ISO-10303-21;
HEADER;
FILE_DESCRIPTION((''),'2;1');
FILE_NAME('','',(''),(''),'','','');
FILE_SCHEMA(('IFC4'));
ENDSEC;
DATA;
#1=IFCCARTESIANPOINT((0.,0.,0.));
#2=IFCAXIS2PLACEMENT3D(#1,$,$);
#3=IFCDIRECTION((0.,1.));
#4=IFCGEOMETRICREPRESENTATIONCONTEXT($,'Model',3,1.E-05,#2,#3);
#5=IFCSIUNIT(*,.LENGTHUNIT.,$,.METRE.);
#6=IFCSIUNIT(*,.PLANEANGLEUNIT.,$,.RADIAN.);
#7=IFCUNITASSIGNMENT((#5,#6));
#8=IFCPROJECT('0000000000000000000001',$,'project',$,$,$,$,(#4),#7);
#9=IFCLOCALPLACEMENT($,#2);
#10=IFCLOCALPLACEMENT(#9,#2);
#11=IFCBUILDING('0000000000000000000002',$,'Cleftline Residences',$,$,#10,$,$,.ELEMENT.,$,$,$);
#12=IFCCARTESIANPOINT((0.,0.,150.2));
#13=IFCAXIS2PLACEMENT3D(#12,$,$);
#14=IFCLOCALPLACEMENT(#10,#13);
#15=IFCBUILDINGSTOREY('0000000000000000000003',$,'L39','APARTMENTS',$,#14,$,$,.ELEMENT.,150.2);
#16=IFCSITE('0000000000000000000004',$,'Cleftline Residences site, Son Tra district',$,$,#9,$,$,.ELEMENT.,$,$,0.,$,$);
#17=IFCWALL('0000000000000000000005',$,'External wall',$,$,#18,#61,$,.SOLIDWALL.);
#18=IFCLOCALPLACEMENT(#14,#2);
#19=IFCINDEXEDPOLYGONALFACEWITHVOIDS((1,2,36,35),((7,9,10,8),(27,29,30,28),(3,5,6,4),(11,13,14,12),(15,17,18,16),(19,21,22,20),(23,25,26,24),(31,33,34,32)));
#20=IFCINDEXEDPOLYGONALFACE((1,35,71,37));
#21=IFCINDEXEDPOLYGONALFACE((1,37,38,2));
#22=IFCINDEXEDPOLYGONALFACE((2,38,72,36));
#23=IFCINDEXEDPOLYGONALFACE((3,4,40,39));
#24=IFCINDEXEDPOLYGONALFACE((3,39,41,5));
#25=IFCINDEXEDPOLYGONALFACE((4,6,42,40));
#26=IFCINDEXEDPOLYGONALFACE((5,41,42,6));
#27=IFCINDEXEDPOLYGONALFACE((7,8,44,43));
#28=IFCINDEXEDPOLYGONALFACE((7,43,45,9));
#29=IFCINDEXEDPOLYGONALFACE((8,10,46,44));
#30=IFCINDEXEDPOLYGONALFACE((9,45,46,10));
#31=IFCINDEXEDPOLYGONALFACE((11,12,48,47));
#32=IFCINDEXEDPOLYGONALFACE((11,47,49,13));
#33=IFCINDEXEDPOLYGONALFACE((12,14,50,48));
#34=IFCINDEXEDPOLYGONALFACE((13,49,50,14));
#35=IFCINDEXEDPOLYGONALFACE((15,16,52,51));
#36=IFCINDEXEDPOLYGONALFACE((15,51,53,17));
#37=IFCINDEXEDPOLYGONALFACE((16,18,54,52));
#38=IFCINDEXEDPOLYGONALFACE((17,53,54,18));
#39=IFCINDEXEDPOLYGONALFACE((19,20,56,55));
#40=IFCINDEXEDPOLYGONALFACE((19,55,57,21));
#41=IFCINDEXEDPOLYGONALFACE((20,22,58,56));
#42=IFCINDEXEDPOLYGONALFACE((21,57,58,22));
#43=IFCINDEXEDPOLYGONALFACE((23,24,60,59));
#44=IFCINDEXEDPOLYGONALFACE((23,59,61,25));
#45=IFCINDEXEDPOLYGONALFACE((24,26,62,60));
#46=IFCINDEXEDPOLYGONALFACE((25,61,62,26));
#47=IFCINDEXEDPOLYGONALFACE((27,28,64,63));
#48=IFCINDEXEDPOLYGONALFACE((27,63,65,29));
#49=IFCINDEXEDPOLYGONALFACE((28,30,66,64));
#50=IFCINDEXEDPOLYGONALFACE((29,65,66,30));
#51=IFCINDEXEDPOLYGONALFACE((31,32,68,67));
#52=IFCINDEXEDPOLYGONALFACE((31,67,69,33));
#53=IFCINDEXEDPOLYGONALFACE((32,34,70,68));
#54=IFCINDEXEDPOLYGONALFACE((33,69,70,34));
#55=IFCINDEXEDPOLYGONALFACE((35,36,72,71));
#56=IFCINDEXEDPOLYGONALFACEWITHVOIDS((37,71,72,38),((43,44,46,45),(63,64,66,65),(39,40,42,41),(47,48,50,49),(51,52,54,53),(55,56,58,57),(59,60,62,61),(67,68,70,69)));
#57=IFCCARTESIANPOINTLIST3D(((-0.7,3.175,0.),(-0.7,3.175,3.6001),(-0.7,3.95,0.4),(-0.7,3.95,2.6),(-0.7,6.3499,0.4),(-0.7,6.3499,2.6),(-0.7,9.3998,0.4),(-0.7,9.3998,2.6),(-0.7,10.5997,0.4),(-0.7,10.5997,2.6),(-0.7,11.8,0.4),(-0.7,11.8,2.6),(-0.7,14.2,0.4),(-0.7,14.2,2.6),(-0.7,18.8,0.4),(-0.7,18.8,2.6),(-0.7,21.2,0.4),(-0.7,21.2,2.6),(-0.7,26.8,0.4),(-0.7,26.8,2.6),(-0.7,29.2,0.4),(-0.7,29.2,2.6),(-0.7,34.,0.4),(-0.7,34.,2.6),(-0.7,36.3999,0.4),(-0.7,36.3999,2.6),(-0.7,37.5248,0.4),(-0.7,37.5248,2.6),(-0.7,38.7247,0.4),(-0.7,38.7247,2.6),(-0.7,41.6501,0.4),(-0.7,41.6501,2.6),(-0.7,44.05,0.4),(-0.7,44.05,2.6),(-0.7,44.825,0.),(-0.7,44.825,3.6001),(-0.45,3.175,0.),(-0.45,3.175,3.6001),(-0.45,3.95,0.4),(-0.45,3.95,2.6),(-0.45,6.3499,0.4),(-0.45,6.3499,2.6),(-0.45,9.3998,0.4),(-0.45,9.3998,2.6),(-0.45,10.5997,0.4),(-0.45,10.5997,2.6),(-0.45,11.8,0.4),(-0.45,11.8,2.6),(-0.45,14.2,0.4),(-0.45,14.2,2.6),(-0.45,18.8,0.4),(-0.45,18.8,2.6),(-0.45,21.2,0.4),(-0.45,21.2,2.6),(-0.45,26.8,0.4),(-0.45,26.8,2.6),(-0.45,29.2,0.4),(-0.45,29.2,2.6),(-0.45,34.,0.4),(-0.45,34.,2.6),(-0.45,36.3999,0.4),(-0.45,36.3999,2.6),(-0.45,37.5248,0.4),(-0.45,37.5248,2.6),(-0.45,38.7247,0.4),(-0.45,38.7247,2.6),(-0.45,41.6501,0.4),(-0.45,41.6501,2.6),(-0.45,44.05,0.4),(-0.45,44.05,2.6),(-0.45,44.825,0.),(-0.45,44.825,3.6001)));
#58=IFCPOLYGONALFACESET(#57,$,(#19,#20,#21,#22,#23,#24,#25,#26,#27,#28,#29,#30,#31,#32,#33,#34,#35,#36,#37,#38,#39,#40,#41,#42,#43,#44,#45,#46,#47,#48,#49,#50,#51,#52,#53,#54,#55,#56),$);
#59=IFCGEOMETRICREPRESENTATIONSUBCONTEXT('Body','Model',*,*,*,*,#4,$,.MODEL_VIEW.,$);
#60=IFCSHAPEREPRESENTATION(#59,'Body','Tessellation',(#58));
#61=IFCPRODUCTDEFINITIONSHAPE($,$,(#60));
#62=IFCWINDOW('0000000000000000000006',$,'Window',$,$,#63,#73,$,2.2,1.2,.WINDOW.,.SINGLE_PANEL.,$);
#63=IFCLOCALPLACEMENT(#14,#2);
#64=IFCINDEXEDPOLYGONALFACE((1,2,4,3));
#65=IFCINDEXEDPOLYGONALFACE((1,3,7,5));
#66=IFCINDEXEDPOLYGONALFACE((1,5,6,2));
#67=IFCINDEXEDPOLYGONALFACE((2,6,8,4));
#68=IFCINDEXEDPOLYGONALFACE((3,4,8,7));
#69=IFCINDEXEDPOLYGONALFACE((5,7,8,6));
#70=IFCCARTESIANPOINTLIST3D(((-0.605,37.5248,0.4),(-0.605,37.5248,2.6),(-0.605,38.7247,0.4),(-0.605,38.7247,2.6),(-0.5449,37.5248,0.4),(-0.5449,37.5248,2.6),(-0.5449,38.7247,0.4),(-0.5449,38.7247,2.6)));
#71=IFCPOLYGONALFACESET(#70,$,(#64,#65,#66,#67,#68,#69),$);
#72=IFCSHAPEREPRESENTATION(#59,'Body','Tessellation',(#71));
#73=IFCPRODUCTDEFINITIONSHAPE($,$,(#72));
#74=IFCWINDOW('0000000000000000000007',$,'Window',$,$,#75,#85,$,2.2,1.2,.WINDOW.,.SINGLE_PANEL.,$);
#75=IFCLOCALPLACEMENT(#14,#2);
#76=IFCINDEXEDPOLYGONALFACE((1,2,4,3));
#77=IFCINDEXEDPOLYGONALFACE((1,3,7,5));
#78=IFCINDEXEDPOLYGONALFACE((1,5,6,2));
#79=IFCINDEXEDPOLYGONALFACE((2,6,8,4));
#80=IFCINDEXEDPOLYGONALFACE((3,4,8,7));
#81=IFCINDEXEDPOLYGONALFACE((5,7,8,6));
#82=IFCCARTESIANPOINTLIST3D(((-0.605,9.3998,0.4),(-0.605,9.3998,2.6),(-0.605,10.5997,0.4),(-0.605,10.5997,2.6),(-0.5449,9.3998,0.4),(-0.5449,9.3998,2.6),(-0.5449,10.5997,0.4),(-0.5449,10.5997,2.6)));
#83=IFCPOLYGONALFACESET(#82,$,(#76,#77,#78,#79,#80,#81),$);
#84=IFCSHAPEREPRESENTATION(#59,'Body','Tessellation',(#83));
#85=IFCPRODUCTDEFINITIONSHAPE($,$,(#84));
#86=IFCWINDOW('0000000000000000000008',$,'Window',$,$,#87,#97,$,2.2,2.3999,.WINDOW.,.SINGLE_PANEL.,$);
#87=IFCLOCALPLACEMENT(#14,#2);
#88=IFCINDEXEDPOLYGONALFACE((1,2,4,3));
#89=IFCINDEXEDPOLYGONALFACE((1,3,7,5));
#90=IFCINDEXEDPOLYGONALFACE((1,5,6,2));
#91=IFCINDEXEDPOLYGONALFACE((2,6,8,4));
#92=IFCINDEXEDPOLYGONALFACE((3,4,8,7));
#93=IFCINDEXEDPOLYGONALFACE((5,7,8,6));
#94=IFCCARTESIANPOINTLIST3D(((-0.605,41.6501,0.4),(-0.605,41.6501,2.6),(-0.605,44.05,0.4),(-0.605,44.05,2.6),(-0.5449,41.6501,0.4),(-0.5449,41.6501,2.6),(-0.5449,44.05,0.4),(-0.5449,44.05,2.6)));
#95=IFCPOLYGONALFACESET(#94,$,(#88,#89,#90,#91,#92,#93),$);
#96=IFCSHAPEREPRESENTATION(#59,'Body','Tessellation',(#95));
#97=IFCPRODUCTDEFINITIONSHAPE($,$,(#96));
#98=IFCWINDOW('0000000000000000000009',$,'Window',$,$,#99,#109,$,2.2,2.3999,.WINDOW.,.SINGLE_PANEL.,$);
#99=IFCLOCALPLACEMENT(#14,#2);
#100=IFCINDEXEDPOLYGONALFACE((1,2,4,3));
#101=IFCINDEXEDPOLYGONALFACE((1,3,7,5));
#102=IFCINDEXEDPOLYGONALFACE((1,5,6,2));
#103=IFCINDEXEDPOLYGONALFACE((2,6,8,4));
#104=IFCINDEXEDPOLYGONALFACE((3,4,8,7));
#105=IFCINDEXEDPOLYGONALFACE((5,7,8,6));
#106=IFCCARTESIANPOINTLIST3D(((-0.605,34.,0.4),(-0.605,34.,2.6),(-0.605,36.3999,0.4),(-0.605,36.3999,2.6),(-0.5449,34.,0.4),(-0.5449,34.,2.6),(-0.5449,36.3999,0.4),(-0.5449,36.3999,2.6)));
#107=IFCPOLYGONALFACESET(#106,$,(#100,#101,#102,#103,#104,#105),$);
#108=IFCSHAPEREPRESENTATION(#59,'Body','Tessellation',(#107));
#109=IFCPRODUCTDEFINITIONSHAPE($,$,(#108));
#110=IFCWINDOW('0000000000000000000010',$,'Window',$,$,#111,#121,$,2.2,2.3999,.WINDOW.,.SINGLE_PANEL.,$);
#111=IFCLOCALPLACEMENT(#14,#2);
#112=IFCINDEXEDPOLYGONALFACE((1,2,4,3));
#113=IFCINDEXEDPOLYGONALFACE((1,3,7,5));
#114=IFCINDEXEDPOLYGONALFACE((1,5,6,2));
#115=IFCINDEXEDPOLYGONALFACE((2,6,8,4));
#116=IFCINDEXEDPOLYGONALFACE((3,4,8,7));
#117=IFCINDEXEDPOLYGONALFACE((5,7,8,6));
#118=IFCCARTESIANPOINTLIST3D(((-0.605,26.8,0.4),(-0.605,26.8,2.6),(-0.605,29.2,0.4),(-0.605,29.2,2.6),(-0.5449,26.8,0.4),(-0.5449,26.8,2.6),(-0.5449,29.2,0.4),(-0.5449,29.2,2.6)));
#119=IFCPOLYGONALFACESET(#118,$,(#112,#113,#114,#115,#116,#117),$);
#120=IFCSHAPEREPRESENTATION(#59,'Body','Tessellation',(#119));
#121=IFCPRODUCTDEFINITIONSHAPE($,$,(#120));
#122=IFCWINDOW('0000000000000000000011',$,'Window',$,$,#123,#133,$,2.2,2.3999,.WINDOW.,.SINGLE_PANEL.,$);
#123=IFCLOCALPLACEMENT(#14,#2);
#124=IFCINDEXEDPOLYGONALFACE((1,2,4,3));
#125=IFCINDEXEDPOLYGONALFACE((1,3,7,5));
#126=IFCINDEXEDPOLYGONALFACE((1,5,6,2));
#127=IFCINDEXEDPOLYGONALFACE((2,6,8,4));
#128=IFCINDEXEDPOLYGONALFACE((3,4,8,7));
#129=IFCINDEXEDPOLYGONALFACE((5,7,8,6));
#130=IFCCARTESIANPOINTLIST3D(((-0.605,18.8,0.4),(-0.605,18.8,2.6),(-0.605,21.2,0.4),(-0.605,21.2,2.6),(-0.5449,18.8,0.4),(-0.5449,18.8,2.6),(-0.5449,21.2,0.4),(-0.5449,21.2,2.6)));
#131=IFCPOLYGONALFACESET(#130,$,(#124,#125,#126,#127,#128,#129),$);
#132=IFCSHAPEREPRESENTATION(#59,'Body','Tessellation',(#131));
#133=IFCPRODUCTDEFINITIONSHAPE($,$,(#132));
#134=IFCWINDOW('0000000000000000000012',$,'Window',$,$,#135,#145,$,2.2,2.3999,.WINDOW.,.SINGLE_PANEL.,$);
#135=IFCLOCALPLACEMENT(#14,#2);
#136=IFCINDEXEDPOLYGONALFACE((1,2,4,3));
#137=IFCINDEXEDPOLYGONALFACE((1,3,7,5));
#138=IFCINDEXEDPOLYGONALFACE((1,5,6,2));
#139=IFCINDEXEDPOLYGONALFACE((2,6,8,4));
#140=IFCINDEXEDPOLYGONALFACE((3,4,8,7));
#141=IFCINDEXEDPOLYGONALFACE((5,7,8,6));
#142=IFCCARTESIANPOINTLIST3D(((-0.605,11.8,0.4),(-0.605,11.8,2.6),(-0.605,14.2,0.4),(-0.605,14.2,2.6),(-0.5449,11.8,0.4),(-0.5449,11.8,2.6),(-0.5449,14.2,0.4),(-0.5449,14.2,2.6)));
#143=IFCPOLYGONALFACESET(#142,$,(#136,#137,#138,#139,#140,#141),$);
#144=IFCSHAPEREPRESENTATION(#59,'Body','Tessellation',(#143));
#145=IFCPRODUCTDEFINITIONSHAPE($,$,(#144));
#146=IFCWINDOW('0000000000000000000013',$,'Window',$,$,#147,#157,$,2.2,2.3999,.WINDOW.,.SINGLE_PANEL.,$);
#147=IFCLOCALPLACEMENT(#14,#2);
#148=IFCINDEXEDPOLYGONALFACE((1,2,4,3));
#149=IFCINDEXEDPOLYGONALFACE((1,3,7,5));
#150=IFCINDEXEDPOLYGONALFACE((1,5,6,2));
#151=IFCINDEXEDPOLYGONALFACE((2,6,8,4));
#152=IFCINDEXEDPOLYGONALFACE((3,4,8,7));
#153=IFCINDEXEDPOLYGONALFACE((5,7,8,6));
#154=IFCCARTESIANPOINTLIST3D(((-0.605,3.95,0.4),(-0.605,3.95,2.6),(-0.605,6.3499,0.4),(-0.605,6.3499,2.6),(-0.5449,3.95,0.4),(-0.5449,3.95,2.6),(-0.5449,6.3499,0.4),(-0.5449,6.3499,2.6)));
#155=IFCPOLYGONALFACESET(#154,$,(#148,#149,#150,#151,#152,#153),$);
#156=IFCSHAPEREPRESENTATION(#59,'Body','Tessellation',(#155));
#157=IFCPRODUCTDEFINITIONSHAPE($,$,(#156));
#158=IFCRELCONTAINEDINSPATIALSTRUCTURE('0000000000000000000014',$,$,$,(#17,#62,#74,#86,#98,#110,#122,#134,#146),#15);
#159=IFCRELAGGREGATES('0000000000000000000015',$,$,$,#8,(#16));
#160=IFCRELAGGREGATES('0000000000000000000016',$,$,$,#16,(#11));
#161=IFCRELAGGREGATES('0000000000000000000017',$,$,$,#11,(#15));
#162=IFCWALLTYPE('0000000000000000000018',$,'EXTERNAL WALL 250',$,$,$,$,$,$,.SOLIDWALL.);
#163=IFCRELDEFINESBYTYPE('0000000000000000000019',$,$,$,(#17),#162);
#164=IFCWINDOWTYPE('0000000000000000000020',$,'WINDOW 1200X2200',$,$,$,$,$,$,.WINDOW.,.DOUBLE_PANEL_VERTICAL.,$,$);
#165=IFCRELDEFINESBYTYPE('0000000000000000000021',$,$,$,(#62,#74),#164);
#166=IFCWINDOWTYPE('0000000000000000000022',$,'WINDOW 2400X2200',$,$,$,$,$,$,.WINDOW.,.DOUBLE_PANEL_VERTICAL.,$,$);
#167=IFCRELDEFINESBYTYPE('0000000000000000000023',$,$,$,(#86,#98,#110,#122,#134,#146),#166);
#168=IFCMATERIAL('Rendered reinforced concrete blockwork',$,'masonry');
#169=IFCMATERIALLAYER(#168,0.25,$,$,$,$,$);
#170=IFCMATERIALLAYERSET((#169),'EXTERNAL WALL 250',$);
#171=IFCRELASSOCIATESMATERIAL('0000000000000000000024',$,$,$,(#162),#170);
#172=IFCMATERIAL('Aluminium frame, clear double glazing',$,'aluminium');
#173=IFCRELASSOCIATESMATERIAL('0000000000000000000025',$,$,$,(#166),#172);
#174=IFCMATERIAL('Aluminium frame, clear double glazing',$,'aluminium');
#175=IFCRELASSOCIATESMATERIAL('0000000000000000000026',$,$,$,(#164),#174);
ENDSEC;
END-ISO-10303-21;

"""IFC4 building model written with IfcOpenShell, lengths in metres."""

from ifc_helpers import new_model, si_unit, direction, frame, frame_2d, origin, place, context, subcontext, project, spatial, rectangle, extrude, material, layer, layer_set, type_object, element, fill, save


model = new_model("IFC4")

# Units and contexts
model_context = context("Model", 3, precision=1e-05, world=origin(), true_north=direction((0.0, 1.0)))
body_context = subcontext(model_context, "Body", "Model", "MODEL_VIEW")
ifc_project = project(units=[si_unit("LENGTHUNIT", "METRE"), si_unit("PLANEANGLEUNIT", "RADIAN")], contexts=[model_context])

# Site, building, storey
site_placement = place(None, origin())
site = spatial("IfcSite", under=ifc_project, at=site_placement, Name="Cleftline Residences site, Son Tra district", CompositionType="ELEMENT", RefElevation=0.0)
building_placement = place(site_placement, origin())
building = spatial("IfcBuilding", under=site, at=building_placement, Name="Cleftline Residences", CompositionType="ELEMENT")
storey_placement = place(building_placement, frame((0.0, 0.0, 150.2)))
storey = spatial("IfcBuildingStorey", under=building, at=storey_placement, Name="L39", Description="APARTMENTS", CompositionType="ELEMENT", Elevation=150.2)

# Shared definitions
ifc_material_1 = material(Name="Rendered reinforced concrete blockwork", Category="masonry")
ifc_layer_1 = layer(ifc_material_1, 0.25)
ifc_layer_set_1 = layer_set([ifc_layer_1], Name="EXTERNAL WALL 250")
wall_type = type_object("IfcWallType", Name="EXTERNAL WALL 250", PredefinedType="SOLIDWALL", material=ifc_layer_set_1)
ifc_material_2 = material(Name="Aluminium frame, clear double glazing", Category="aluminium")
window_type_1 = type_object("IfcWindowType", Name="WINDOW 2400X2200", PartitioningType="DOUBLE_PANEL_VERTICAL", PredefinedType="WINDOW", material=ifc_material_2)

# Wall, openings, windows
ifc_material_3 = material(Name="Aluminium frame, clear double glazing", Category="aluminium")
window_type_2 = type_object("IfcWindowType", Name="WINDOW 1200X2200", PartitioningType="DOUBLE_PANEL_VERTICAL", PredefinedType="WINDOW", material=ifc_material_3)
wall_1_placement = place(storey_placement, frame((-0.575, 44.825, 0.0), z_axis=(0.0, 0.0, 1.0), x_axis=(0.0, -1.0, 0.0)))
wall_1 = element("IfcWall", 1, at=wall_1_placement, inside=storey, type_object=wall_type, Name="External wall", PredefinedType="SOLIDWALL", context=body_context, shape_type="SweptSolid", body=[
    extrude(rectangle(XDim=41.6499, YDim=0.25, at=frame_2d((20.825, 0.0))), origin(), (0.0, 0.0, 1.0), 3.6001),
])
opening_1_placement = place(wall_1_placement, frame((0.7749, 0.0, 0.3999)))
opening_1 = element("IfcOpeningElement", 2, at=opening_1_placement, cuts=wall_1, PredefinedType="OPENING", context=body_context, shape_type="SweptSolid", body=[
    extrude(rectangle(XDim=2.3999, YDim=2.2, at=frame_2d((1.2, 1.1001))), frame((0.0, 0.135, 0.0), z_axis=(0.0, -1.0, 0.0), x_axis=(1.0, 0.0, 0.0)), (0.0, 0.0, 1.0), 0.27),
])
opening_2_placement = place(wall_1_placement, frame((6.1001, 0.0, 0.3999)))
opening_2 = element("IfcOpeningElement", 3, at=opening_2_placement, cuts=wall_1, PredefinedType="OPENING", context=body_context, shape_type="SweptSolid", body=[
    extrude(rectangle(XDim=1.2, YDim=2.2, at=frame_2d((0.6001, 1.1001))), frame((0.0, 0.135, 0.0), z_axis=(0.0, -1.0, 0.0), x_axis=(1.0, 0.0, 0.0)), (0.0, 0.0, 1.0), 0.27),
])
opening_3_placement = place(wall_1_placement, frame((8.425, 0.0, 0.3999)))
opening_3 = element("IfcOpeningElement", 4, at=opening_3_placement, cuts=wall_1, PredefinedType="OPENING", context=body_context, shape_type="SweptSolid", body=[
    extrude(rectangle(XDim=2.3999, YDim=2.2, at=frame_2d((1.2, 1.1001))), frame((0.0, 0.135, 0.0), z_axis=(0.0, -1.0, 0.0), x_axis=(1.0, 0.0, 0.0)), (0.0, 0.0, 1.0), 0.27),
])
opening_4_placement = place(wall_1_placement, frame((15.625, 0.0, 0.3999)))
opening_4 = element("IfcOpeningElement", 5, at=opening_4_placement, cuts=wall_1, PredefinedType="OPENING", context=body_context, shape_type="SweptSolid", body=[
    extrude(rectangle(XDim=2.3999, YDim=2.2, at=frame_2d((1.2, 1.1001))), frame((0.0, 0.135, 0.0), z_axis=(0.0, -1.0, 0.0), x_axis=(1.0, 0.0, 0.0)), (0.0, 0.0, 1.0), 0.27),
])
opening_5_placement = place(wall_1_placement, frame((23.625, 0.0, 0.3999)))
opening_5 = element("IfcOpeningElement", 6, at=opening_5_placement, cuts=wall_1, PredefinedType="OPENING", context=body_context, shape_type="SweptSolid", body=[
    extrude(rectangle(XDim=2.3999, YDim=2.2, at=frame_2d((1.2, 1.1001))), frame((0.0, 0.135, 0.0), z_axis=(0.0, -1.0, 0.0), x_axis=(1.0, 0.0, 0.0)), (0.0, 0.0, 1.0), 0.27),
])
opening_6_placement = place(wall_1_placement, frame((30.625, 0.0, 0.3999)))
opening_6 = element("IfcOpeningElement", 7, at=opening_6_placement, cuts=wall_1, PredefinedType="OPENING", context=body_context, shape_type="SweptSolid", body=[
    extrude(rectangle(XDim=2.3999, YDim=2.2, at=frame_2d((1.2, 1.1001))), frame((0.0, 0.135, 0.0), z_axis=(0.0, -1.0, 0.0), x_axis=(1.0, 0.0, 0.0)), (0.0, 0.0, 1.0), 0.27),
])
opening_7_placement = place(wall_1_placement, frame((34.2251, 0.0, 0.3999)))
opening_7 = element("IfcOpeningElement", 8, at=opening_7_placement, cuts=wall_1, PredefinedType="OPENING", context=body_context, shape_type="SweptSolid", body=[
    extrude(rectangle(XDim=1.2, YDim=2.2, at=frame_2d((0.6001, 1.1001))), frame((0.0, 0.135, 0.0), z_axis=(0.0, -1.0, 0.0), x_axis=(1.0, 0.0, 0.0)), (0.0, 0.0, 1.0), 0.27),
])
opening_8_placement = place(wall_1_placement, frame((38.4751, 0.0, 0.3999)))
opening_8 = element("IfcOpeningElement", 9, at=opening_8_placement, cuts=wall_1, PredefinedType="OPENING", context=body_context, shape_type="SweptSolid", body=[
    extrude(rectangle(XDim=2.3999, YDim=2.2, at=frame_2d((1.2, 1.1001))), frame((0.0, 0.135, 0.0), z_axis=(0.0, -1.0, 0.0), x_axis=(1.0, 0.0, 0.0)), (0.0, 0.0, 1.0), 0.27),
])
window_1_placement = place(opening_2_placement, origin())
window_1 = element("IfcWindow", 10, at=window_1_placement, inside=storey, type_object=window_type_2, Name="Window", OverallHeight=2.2, OverallWidth=1.2, PartitioningType="SINGLE_PANEL", PredefinedType="WINDOW", context=body_context, shape_type="SweptSolid", body=[
    extrude(rectangle(XDim=1.2, YDim=2.2, at=frame_2d((0.6001, 1.1001))), frame((0.0, 0.03, 0.0), z_axis=(0.0, -1.0, 0.0), x_axis=(1.0, 0.0, 0.0)), (0.0, 0.0, 1.0), 0.0601),
])
fill(opening_2, window_1)
window_2_placement = place(opening_7_placement, origin())
window_2 = element("IfcWindow", 11, at=window_2_placement, inside=storey, type_object=window_type_2, Name="Window", OverallHeight=2.2, OverallWidth=1.2, PartitioningType="SINGLE_PANEL", PredefinedType="WINDOW", context=body_context, shape_type="SweptSolid", body=[
    extrude(rectangle(XDim=1.2, YDim=2.2, at=frame_2d((0.6001, 1.1001))), frame((0.0, 0.03, 0.0), z_axis=(0.0, -1.0, 0.0), x_axis=(1.0, 0.0, 0.0)), (0.0, 0.0, 1.0), 0.0601),
])
fill(opening_7, window_2)
window_3_placement = place(opening_1_placement, origin())
window_3 = element("IfcWindow", 12, at=window_3_placement, inside=storey, type_object=window_type_1, Name="Window", OverallHeight=2.2, OverallWidth=2.3999, PartitioningType="SINGLE_PANEL", PredefinedType="WINDOW", context=body_context, shape_type="SweptSolid", body=[
    extrude(rectangle(XDim=2.3999, YDim=2.2, at=frame_2d((1.2, 1.1001))), frame((0.0, 0.03, 0.0), z_axis=(0.0, -1.0, 0.0), x_axis=(1.0, 0.0, 0.0)), (0.0, 0.0, 1.0), 0.0601),
])
fill(opening_1, window_3)
window_4_placement = place(opening_3_placement, origin())
window_4 = element("IfcWindow", 13, at=window_4_placement, inside=storey, type_object=window_type_1, Name="Window", OverallHeight=2.2, OverallWidth=2.3999, PartitioningType="SINGLE_PANEL", PredefinedType="WINDOW", context=body_context, shape_type="SweptSolid", body=[
    extrude(rectangle(XDim=2.3999, YDim=2.2, at=frame_2d((1.2, 1.1001))), frame((0.0, 0.03, 0.0), z_axis=(0.0, -1.0, 0.0), x_axis=(1.0, 0.0, 0.0)), (0.0, 0.0, 1.0), 0.0601),
])
fill(opening_3, window_4)
window_5_placement = place(opening_4_placement, origin())
window_5 = element("IfcWindow", 14, at=window_5_placement, inside=storey, type_object=window_type_1, Name="Window", OverallHeight=2.2, OverallWidth=2.3999, PartitioningType="SINGLE_PANEL", PredefinedType="WINDOW", context=body_context, shape_type="SweptSolid", body=[
    extrude(rectangle(XDim=2.3999, YDim=2.2, at=frame_2d((1.2, 1.1001))), frame((0.0, 0.03, 0.0), z_axis=(0.0, -1.0, 0.0), x_axis=(1.0, 0.0, 0.0)), (0.0, 0.0, 1.0), 0.0601),
])
fill(opening_4, window_5)
window_6_placement = place(opening_5_placement, origin())
window_6 = element("IfcWindow", 15, at=window_6_placement, inside=storey, type_object=window_type_1, Name="Window", OverallHeight=2.2, OverallWidth=2.3999, PartitioningType="SINGLE_PANEL", PredefinedType="WINDOW", context=body_context, shape_type="SweptSolid", body=[
    extrude(rectangle(XDim=2.3999, YDim=2.2, at=frame_2d((1.2, 1.1001))), frame((0.0, 0.03, 0.0), z_axis=(0.0, -1.0, 0.0), x_axis=(1.0, 0.0, 0.0)), (0.0, 0.0, 1.0), 0.0601),
])
fill(opening_5, window_6)
window_7_placement = place(opening_6_placement, origin())
window_7 = element("IfcWindow", 16, at=window_7_placement, inside=storey, type_object=window_type_1, Name="Window", OverallHeight=2.2, OverallWidth=2.3999, PartitioningType="SINGLE_PANEL", PredefinedType="WINDOW", context=body_context, shape_type="SweptSolid", body=[
    extrude(rectangle(XDim=2.3999, YDim=2.2, at=frame_2d((1.2, 1.1001))), frame((0.0, 0.03, 0.0), z_axis=(0.0, -1.0, 0.0), x_axis=(1.0, 0.0, 0.0)), (0.0, 0.0, 1.0), 0.0601),
])
fill(opening_6, window_7)
window_8_placement = place(opening_8_placement, origin())
window_8 = element("IfcWindow", 17, at=window_8_placement, inside=storey, type_object=window_type_1, Name="Window", OverallHeight=2.2, OverallWidth=2.3999, PartitioningType="SINGLE_PANEL", PredefinedType="WINDOW", context=body_context, shape_type="SweptSolid", body=[
    extrude(rectangle(XDim=2.3999, YDim=2.2, at=frame_2d((1.2, 1.1001))), frame((0.0, 0.03, 0.0), z_axis=(0.0, -1.0, 0.0), x_axis=(1.0, 0.0, 0.0)), (0.0, 0.0, 1.0), 0.0601),
])
fill(opening_8, window_8)

save(model, "model.ifc")
